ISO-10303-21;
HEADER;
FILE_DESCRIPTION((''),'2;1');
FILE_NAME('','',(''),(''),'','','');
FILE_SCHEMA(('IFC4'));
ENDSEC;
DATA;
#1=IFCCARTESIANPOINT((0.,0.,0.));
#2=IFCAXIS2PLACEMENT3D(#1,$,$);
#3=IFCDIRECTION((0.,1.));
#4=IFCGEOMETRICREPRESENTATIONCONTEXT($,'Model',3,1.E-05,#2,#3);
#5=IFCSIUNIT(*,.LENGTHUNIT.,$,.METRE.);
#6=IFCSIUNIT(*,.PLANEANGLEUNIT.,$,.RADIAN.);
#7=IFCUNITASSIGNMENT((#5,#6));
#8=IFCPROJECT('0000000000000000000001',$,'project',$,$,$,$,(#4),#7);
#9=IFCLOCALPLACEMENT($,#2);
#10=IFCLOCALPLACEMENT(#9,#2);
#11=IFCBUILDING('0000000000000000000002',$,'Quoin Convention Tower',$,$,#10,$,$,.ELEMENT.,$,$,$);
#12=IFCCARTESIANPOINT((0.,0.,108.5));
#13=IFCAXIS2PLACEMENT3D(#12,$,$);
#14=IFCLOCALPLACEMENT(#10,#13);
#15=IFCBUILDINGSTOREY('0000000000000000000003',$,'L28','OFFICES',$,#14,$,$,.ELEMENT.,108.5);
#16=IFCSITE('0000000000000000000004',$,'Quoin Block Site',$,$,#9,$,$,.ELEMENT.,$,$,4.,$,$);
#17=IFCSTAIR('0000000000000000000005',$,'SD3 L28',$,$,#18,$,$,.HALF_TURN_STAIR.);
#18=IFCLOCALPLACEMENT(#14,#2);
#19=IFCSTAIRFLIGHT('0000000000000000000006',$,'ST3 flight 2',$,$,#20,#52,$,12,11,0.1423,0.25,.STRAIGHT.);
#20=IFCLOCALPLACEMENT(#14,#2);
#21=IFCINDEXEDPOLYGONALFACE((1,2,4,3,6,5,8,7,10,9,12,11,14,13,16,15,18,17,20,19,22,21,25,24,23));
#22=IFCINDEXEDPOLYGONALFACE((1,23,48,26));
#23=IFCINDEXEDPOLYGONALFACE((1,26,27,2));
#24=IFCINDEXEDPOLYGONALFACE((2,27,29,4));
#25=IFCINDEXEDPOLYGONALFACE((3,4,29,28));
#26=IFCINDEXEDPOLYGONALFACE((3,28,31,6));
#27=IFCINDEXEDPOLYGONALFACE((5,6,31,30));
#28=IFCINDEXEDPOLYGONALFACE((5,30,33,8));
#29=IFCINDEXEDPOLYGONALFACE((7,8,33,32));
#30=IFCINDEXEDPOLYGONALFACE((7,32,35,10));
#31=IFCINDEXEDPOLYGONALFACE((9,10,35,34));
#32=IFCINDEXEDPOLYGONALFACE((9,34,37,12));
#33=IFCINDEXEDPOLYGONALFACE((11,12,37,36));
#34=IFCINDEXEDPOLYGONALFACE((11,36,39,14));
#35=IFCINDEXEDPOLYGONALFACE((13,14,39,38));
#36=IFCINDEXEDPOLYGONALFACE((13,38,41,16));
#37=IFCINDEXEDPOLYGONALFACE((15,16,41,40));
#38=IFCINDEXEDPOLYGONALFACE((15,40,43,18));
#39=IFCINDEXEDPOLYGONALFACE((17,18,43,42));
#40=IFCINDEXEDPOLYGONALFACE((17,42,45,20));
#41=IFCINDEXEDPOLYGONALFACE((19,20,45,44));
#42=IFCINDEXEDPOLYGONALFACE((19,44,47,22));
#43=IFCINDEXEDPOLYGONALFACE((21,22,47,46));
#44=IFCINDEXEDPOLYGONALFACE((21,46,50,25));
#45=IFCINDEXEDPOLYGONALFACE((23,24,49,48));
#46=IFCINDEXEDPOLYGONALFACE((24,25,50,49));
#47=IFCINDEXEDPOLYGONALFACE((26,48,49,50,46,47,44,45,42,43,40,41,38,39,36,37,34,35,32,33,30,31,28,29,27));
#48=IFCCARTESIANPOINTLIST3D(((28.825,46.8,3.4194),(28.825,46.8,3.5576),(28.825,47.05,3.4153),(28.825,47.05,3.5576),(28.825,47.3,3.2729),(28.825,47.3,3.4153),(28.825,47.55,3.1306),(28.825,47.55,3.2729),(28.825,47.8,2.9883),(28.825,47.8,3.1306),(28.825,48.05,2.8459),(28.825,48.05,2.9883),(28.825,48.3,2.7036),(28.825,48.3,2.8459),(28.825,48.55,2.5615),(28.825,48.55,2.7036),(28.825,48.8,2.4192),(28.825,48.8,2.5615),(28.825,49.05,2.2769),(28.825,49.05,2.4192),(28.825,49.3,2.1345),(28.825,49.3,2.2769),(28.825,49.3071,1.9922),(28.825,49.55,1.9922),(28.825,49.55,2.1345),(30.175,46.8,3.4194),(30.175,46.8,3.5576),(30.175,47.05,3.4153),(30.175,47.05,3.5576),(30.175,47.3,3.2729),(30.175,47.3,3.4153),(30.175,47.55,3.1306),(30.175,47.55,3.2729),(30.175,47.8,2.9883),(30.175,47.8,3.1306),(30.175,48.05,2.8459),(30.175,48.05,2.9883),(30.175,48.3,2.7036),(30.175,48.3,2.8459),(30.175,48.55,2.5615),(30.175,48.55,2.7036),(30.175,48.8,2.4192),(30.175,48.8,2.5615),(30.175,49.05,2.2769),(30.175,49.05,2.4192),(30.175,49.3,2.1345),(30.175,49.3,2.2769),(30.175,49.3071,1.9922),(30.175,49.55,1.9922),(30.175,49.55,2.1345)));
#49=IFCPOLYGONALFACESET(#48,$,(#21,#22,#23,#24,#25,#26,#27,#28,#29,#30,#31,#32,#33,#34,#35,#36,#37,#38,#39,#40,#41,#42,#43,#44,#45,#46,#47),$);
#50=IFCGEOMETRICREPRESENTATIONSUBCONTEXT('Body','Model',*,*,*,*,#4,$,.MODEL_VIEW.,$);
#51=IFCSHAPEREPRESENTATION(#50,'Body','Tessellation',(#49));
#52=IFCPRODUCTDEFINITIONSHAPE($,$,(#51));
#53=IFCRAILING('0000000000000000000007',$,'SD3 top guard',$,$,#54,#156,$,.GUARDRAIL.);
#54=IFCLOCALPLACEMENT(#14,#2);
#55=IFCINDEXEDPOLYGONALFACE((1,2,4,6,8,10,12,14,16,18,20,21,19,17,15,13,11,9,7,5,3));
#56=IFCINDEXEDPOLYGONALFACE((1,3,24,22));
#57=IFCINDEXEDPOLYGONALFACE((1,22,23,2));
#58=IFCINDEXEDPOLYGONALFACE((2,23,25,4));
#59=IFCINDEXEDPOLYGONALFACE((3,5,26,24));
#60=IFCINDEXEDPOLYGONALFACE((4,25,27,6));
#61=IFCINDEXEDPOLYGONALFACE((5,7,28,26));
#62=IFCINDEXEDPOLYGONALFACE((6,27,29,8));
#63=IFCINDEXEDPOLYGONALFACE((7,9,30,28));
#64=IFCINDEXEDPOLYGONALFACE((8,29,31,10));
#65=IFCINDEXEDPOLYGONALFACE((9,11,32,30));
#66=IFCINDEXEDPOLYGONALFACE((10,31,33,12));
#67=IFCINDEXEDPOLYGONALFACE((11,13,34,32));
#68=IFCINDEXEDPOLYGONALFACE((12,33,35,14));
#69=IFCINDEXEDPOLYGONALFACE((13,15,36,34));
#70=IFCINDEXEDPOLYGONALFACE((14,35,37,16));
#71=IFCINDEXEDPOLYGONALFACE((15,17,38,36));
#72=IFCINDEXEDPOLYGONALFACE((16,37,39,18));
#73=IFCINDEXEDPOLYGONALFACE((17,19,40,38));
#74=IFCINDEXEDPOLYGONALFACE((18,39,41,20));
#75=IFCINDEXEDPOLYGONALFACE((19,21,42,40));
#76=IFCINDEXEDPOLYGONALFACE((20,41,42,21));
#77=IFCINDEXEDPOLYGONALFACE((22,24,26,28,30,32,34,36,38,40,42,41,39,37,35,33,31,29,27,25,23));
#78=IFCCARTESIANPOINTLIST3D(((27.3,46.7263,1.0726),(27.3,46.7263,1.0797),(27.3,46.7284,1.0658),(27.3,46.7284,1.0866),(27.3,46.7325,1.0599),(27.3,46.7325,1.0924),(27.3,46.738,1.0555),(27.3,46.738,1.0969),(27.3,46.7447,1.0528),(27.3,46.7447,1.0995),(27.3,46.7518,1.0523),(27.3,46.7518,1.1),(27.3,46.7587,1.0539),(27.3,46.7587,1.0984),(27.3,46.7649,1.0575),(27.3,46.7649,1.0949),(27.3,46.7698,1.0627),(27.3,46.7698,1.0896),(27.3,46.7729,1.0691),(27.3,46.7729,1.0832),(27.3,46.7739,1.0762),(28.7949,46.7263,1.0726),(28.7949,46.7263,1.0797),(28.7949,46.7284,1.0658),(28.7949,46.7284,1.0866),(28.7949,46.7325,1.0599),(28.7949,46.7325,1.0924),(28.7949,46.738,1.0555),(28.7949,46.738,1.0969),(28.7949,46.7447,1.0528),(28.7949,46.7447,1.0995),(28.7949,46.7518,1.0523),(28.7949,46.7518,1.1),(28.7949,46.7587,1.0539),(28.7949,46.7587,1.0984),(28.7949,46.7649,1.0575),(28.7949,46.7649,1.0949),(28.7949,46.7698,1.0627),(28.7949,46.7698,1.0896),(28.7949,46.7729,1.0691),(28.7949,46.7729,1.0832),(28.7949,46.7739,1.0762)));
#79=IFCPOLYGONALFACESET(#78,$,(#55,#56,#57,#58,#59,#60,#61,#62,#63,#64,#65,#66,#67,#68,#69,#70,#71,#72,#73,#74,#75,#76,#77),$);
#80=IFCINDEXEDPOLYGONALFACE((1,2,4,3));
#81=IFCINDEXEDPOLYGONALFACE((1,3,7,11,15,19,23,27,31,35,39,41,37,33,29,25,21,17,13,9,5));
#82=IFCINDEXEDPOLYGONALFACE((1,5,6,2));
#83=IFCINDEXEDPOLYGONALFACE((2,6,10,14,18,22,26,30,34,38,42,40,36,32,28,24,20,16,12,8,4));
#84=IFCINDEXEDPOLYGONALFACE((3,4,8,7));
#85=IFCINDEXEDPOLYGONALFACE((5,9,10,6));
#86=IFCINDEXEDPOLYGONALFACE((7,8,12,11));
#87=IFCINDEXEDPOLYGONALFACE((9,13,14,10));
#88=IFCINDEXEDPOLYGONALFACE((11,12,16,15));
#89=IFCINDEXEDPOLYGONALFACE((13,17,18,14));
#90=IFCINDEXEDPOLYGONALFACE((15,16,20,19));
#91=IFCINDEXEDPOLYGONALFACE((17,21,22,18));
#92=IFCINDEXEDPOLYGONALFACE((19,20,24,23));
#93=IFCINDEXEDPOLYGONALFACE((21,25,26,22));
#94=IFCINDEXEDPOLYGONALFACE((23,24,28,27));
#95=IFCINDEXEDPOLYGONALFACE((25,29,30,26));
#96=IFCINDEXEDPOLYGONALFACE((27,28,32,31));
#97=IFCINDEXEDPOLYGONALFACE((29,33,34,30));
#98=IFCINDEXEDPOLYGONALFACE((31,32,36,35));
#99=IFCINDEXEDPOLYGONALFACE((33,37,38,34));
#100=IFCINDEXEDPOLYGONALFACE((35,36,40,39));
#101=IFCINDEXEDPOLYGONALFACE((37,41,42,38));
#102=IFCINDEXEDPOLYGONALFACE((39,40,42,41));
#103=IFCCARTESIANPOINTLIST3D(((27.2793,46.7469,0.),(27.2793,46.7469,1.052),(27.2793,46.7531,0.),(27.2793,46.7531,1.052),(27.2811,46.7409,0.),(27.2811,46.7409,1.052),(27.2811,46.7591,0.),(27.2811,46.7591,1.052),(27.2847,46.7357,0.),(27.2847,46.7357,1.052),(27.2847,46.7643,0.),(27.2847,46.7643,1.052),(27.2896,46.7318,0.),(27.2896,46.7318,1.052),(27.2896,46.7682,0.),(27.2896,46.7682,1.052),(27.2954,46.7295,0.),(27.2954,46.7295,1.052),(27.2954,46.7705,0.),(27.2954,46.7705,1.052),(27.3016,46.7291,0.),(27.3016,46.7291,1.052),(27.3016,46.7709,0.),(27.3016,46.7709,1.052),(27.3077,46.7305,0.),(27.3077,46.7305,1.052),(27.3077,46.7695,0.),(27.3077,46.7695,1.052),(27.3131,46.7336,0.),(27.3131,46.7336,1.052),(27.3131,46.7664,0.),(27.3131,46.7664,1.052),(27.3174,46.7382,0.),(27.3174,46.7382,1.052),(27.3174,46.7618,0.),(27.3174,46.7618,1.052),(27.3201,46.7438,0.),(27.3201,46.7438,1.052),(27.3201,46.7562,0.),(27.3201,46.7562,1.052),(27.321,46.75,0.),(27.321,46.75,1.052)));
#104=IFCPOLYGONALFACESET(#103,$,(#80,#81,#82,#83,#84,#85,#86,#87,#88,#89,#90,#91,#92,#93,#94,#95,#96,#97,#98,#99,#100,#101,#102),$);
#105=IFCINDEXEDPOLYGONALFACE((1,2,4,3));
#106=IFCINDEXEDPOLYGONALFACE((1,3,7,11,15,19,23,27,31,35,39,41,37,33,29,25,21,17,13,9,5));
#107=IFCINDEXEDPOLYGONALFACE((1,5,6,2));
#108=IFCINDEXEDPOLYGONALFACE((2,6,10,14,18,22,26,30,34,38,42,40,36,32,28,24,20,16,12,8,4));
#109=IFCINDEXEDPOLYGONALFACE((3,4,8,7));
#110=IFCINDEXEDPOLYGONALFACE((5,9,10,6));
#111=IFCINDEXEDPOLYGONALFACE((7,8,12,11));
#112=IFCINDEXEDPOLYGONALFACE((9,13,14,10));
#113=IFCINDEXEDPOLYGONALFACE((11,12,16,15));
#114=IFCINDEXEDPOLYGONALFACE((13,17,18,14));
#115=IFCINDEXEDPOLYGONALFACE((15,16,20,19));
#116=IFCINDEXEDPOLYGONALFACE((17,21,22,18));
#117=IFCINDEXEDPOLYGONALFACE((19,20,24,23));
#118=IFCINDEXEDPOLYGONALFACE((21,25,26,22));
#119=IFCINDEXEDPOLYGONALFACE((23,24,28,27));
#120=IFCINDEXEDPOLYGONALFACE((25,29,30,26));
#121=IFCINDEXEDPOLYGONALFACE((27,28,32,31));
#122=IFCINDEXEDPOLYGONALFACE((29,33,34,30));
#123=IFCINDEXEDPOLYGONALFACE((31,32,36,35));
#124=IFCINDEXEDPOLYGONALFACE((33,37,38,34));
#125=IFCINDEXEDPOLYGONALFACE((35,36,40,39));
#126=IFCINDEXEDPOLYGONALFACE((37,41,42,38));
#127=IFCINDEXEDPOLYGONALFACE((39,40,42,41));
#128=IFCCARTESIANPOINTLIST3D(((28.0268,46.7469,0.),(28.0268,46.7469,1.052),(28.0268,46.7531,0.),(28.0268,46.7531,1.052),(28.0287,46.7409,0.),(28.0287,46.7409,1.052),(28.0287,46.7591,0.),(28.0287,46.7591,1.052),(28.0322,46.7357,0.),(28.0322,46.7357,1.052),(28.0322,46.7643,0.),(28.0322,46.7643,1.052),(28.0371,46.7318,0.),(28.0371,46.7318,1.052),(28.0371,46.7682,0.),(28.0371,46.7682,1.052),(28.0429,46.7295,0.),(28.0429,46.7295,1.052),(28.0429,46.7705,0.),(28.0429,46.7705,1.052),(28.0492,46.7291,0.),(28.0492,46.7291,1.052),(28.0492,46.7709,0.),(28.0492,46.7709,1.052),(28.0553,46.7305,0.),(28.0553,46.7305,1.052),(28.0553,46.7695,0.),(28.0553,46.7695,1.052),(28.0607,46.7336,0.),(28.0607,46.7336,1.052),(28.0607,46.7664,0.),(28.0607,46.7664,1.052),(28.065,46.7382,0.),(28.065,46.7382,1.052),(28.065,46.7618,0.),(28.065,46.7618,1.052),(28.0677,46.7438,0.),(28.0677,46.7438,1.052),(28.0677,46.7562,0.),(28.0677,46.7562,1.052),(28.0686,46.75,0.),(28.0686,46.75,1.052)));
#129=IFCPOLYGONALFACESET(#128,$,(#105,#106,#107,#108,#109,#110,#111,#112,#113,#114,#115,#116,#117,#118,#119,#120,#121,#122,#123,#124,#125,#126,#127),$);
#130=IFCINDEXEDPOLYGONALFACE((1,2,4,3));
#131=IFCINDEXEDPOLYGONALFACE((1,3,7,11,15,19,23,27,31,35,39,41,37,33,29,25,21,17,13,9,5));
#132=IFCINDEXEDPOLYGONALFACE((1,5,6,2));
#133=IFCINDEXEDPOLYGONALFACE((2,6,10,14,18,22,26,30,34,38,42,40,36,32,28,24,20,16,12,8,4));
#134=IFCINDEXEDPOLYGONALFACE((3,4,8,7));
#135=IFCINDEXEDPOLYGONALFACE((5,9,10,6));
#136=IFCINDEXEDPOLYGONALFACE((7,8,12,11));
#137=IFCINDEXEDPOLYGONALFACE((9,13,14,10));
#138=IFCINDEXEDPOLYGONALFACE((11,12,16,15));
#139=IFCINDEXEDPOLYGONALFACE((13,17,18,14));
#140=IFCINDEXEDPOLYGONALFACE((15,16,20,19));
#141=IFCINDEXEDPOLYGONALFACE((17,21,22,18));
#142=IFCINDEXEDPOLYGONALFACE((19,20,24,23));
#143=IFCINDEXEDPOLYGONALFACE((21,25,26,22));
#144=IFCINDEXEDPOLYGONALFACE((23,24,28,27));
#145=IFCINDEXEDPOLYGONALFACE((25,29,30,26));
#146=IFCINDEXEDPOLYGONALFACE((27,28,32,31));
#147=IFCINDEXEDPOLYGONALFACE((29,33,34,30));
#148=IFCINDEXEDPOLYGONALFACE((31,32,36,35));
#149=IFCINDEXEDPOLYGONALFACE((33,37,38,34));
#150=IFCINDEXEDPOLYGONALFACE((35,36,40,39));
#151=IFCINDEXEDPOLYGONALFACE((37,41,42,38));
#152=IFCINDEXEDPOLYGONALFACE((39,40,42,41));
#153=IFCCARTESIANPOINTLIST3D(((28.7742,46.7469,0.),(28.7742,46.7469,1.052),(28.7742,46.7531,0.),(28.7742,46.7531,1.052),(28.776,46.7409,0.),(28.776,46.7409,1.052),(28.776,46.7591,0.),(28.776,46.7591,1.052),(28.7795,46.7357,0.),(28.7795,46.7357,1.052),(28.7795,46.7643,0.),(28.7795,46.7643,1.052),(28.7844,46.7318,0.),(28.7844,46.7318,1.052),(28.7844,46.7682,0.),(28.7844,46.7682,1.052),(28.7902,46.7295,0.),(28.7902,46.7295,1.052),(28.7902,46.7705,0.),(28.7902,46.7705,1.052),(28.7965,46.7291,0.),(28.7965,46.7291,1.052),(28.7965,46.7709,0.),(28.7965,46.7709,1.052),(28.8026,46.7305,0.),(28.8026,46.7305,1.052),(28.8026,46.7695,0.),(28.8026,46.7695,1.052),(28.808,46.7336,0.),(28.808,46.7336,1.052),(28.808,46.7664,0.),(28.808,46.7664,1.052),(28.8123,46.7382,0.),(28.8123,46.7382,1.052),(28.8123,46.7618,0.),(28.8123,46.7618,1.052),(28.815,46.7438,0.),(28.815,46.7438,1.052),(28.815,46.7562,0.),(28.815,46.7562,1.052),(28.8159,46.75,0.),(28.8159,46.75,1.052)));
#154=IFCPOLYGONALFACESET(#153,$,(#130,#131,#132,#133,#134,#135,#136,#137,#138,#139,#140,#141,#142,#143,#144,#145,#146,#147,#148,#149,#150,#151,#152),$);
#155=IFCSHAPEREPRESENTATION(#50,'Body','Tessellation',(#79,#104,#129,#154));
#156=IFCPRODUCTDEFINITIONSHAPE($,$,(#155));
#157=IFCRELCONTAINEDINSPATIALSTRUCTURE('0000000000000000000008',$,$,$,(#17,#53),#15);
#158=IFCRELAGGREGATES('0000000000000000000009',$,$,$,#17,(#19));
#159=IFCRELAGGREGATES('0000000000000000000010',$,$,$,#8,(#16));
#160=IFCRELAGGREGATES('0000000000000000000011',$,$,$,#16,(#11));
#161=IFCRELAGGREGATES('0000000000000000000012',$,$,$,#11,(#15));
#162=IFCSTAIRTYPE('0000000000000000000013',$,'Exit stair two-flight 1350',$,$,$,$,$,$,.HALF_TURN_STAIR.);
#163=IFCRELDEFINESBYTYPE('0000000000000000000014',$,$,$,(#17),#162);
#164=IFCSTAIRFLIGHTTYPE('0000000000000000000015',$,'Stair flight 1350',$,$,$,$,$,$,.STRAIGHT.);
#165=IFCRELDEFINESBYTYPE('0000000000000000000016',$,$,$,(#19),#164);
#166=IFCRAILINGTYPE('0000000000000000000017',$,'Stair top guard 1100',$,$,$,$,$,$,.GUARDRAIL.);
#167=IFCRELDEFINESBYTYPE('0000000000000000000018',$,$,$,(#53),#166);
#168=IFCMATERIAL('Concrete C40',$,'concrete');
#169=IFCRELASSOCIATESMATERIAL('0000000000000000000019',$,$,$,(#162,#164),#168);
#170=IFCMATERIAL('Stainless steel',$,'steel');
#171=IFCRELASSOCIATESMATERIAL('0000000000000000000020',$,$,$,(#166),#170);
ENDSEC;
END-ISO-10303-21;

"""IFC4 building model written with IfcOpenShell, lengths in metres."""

from ifc_helpers import new_model, si_unit, direction, frame, origin, origin_2d, place, context, subcontext, project, spatial, polyline, circle, outline, extrude, material, type_object, element, aggregate, save


model = new_model("IFC4")

# Units and contexts
model_context = context("Model", 3, precision=1e-05, world=origin(), true_north=direction((0.0, 1.0)))
body_context = subcontext(model_context, "Body", "Model", "MODEL_VIEW")
ifc_project = project(units=[si_unit("LENGTHUNIT", "METRE"), si_unit("PLANEANGLEUNIT", "RADIAN")], contexts=[model_context])

# Site, building, storey
site_placement = place(None, origin())
site = spatial("IfcSite", under=ifc_project, at=site_placement, Name="Quoin Block Site", CompositionType="ELEMENT", RefElevation=4.0)
building_placement = place(site_placement, origin())
building = spatial("IfcBuilding", under=site, at=building_placement, Name="Quoin Convention Tower", CompositionType="ELEMENT")
storey_placement = place(building_placement, frame((0.0, 0.0, 108.5)))
storey = spatial("IfcBuildingStorey", under=building, at=storey_placement, Name="L28", Description="OFFICES", CompositionType="ELEMENT", Elevation=108.5)

# Stair, stair flight
ifc_material_1 = material(Name="Concrete C40", Category="concrete")
stair_type = type_object("IfcStairType", Name="Exit stair two-flight 1350", PredefinedType="HALF_TURN_STAIR", material=ifc_material_1)
stair_placement = place(storey_placement, origin())
stair = element("IfcStair", 1, at=stair_placement, inside=storey, type_object=stair_type, Name="SD3 L28", PredefinedType="HALF_TURN_STAIR")
stair_flight_type = type_object("IfcStairFlightType", Name="Stair flight 1350", PredefinedType="STRAIGHT", material=ifc_material_1)
stair_flight_1_placement = place(storey_placement, frame((29.5, 49.55, 1.9922), z_axis=(0.0, 0.0, 1.0), x_axis=(0.0, -1.0, 0.0)))
stair_flight_1 = element("IfcStairFlight", 2, at=stair_flight_1_placement, type_object=stair_flight_type, Name="ST3 flight 2", NumberOfRisers=12, NumberOfTreads=11, PredefinedType="STRAIGHT", RiserHeight=0.1423, TreadLength=0.25, context=body_context, shape_type="SweptSolid", body=[
    extrude(outline(polyline([(0.0, 0.0), (0.0, 0.1423), (0.25, 0.1423), (0.25, 0.2847), (0.5, 0.2847), (0.5, 0.427), (0.75, 0.427), (0.75, 0.5693), (1.0, 0.5693), (1.0, 0.7114), (1.25, 0.7114), (1.25, 0.8538), (1.5, 0.8538), (1.5, 0.9961), (1.75, 0.9961), (1.75, 1.1384), (2.0, 1.1384), (2.0, 1.2808), (2.25, 1.2808), (2.25, 1.4231), (2.5, 1.4231), (2.5, 1.5654), (2.75, 1.5654), (2.75, 1.7078), (2.75, 1.4272), (0.2429, 0.0), (0.0, 0.0)])), frame((0.0, 0.675, 0.0), z_axis=(0.0, -1.0, 0.0), x_axis=(1.0, 0.0, 0.0)), (0.0, 0.0, 1.0), 1.3501),
])
aggregate(stair, [stair_flight_1])

# Railing
ifc_material_2 = material(Name="Stainless steel", Category="steel")
railing_type_1 = type_object("IfcRailingType", Name="Stair top guard 1100", PredefinedType="GUARDRAIL", material=ifc_material_2)
railing_1_placement = place(storey_placement, frame((27.3, 46.75, 0.0)))
element("IfcRailing", 3, at=railing_1_placement, inside=storey, type_object=railing_type_1, Name="SD3 top guard", PredefinedType="GUARDRAIL", context=body_context, shape_type="SweptSolid", body=[
    extrude(circle(Radius=0.0239, at=origin_2d()), frame((0.0, 0.0, 1.0762), z_axis=(1.0, 0.0, 0.0), x_axis=(0.0, 1.0, 0.0)), (0.0, 0.0, 1.0), 1.4949),
    extrude(circle(Radius=0.021, at=origin_2d()), origin(), (0.0, 0.0, 1.0), 1.052),
    extrude(circle(Radius=0.021, at=origin_2d()), frame((0.7476, 0.0, 0.0)), (0.0, 0.0, 1.0), 1.052),
    extrude(circle(Radius=0.021, at=origin_2d()), frame((1.4949, 0.0, 0.0)), (0.0, 0.0, 1.0), 1.052),
])

save(model, "model.ifc")
